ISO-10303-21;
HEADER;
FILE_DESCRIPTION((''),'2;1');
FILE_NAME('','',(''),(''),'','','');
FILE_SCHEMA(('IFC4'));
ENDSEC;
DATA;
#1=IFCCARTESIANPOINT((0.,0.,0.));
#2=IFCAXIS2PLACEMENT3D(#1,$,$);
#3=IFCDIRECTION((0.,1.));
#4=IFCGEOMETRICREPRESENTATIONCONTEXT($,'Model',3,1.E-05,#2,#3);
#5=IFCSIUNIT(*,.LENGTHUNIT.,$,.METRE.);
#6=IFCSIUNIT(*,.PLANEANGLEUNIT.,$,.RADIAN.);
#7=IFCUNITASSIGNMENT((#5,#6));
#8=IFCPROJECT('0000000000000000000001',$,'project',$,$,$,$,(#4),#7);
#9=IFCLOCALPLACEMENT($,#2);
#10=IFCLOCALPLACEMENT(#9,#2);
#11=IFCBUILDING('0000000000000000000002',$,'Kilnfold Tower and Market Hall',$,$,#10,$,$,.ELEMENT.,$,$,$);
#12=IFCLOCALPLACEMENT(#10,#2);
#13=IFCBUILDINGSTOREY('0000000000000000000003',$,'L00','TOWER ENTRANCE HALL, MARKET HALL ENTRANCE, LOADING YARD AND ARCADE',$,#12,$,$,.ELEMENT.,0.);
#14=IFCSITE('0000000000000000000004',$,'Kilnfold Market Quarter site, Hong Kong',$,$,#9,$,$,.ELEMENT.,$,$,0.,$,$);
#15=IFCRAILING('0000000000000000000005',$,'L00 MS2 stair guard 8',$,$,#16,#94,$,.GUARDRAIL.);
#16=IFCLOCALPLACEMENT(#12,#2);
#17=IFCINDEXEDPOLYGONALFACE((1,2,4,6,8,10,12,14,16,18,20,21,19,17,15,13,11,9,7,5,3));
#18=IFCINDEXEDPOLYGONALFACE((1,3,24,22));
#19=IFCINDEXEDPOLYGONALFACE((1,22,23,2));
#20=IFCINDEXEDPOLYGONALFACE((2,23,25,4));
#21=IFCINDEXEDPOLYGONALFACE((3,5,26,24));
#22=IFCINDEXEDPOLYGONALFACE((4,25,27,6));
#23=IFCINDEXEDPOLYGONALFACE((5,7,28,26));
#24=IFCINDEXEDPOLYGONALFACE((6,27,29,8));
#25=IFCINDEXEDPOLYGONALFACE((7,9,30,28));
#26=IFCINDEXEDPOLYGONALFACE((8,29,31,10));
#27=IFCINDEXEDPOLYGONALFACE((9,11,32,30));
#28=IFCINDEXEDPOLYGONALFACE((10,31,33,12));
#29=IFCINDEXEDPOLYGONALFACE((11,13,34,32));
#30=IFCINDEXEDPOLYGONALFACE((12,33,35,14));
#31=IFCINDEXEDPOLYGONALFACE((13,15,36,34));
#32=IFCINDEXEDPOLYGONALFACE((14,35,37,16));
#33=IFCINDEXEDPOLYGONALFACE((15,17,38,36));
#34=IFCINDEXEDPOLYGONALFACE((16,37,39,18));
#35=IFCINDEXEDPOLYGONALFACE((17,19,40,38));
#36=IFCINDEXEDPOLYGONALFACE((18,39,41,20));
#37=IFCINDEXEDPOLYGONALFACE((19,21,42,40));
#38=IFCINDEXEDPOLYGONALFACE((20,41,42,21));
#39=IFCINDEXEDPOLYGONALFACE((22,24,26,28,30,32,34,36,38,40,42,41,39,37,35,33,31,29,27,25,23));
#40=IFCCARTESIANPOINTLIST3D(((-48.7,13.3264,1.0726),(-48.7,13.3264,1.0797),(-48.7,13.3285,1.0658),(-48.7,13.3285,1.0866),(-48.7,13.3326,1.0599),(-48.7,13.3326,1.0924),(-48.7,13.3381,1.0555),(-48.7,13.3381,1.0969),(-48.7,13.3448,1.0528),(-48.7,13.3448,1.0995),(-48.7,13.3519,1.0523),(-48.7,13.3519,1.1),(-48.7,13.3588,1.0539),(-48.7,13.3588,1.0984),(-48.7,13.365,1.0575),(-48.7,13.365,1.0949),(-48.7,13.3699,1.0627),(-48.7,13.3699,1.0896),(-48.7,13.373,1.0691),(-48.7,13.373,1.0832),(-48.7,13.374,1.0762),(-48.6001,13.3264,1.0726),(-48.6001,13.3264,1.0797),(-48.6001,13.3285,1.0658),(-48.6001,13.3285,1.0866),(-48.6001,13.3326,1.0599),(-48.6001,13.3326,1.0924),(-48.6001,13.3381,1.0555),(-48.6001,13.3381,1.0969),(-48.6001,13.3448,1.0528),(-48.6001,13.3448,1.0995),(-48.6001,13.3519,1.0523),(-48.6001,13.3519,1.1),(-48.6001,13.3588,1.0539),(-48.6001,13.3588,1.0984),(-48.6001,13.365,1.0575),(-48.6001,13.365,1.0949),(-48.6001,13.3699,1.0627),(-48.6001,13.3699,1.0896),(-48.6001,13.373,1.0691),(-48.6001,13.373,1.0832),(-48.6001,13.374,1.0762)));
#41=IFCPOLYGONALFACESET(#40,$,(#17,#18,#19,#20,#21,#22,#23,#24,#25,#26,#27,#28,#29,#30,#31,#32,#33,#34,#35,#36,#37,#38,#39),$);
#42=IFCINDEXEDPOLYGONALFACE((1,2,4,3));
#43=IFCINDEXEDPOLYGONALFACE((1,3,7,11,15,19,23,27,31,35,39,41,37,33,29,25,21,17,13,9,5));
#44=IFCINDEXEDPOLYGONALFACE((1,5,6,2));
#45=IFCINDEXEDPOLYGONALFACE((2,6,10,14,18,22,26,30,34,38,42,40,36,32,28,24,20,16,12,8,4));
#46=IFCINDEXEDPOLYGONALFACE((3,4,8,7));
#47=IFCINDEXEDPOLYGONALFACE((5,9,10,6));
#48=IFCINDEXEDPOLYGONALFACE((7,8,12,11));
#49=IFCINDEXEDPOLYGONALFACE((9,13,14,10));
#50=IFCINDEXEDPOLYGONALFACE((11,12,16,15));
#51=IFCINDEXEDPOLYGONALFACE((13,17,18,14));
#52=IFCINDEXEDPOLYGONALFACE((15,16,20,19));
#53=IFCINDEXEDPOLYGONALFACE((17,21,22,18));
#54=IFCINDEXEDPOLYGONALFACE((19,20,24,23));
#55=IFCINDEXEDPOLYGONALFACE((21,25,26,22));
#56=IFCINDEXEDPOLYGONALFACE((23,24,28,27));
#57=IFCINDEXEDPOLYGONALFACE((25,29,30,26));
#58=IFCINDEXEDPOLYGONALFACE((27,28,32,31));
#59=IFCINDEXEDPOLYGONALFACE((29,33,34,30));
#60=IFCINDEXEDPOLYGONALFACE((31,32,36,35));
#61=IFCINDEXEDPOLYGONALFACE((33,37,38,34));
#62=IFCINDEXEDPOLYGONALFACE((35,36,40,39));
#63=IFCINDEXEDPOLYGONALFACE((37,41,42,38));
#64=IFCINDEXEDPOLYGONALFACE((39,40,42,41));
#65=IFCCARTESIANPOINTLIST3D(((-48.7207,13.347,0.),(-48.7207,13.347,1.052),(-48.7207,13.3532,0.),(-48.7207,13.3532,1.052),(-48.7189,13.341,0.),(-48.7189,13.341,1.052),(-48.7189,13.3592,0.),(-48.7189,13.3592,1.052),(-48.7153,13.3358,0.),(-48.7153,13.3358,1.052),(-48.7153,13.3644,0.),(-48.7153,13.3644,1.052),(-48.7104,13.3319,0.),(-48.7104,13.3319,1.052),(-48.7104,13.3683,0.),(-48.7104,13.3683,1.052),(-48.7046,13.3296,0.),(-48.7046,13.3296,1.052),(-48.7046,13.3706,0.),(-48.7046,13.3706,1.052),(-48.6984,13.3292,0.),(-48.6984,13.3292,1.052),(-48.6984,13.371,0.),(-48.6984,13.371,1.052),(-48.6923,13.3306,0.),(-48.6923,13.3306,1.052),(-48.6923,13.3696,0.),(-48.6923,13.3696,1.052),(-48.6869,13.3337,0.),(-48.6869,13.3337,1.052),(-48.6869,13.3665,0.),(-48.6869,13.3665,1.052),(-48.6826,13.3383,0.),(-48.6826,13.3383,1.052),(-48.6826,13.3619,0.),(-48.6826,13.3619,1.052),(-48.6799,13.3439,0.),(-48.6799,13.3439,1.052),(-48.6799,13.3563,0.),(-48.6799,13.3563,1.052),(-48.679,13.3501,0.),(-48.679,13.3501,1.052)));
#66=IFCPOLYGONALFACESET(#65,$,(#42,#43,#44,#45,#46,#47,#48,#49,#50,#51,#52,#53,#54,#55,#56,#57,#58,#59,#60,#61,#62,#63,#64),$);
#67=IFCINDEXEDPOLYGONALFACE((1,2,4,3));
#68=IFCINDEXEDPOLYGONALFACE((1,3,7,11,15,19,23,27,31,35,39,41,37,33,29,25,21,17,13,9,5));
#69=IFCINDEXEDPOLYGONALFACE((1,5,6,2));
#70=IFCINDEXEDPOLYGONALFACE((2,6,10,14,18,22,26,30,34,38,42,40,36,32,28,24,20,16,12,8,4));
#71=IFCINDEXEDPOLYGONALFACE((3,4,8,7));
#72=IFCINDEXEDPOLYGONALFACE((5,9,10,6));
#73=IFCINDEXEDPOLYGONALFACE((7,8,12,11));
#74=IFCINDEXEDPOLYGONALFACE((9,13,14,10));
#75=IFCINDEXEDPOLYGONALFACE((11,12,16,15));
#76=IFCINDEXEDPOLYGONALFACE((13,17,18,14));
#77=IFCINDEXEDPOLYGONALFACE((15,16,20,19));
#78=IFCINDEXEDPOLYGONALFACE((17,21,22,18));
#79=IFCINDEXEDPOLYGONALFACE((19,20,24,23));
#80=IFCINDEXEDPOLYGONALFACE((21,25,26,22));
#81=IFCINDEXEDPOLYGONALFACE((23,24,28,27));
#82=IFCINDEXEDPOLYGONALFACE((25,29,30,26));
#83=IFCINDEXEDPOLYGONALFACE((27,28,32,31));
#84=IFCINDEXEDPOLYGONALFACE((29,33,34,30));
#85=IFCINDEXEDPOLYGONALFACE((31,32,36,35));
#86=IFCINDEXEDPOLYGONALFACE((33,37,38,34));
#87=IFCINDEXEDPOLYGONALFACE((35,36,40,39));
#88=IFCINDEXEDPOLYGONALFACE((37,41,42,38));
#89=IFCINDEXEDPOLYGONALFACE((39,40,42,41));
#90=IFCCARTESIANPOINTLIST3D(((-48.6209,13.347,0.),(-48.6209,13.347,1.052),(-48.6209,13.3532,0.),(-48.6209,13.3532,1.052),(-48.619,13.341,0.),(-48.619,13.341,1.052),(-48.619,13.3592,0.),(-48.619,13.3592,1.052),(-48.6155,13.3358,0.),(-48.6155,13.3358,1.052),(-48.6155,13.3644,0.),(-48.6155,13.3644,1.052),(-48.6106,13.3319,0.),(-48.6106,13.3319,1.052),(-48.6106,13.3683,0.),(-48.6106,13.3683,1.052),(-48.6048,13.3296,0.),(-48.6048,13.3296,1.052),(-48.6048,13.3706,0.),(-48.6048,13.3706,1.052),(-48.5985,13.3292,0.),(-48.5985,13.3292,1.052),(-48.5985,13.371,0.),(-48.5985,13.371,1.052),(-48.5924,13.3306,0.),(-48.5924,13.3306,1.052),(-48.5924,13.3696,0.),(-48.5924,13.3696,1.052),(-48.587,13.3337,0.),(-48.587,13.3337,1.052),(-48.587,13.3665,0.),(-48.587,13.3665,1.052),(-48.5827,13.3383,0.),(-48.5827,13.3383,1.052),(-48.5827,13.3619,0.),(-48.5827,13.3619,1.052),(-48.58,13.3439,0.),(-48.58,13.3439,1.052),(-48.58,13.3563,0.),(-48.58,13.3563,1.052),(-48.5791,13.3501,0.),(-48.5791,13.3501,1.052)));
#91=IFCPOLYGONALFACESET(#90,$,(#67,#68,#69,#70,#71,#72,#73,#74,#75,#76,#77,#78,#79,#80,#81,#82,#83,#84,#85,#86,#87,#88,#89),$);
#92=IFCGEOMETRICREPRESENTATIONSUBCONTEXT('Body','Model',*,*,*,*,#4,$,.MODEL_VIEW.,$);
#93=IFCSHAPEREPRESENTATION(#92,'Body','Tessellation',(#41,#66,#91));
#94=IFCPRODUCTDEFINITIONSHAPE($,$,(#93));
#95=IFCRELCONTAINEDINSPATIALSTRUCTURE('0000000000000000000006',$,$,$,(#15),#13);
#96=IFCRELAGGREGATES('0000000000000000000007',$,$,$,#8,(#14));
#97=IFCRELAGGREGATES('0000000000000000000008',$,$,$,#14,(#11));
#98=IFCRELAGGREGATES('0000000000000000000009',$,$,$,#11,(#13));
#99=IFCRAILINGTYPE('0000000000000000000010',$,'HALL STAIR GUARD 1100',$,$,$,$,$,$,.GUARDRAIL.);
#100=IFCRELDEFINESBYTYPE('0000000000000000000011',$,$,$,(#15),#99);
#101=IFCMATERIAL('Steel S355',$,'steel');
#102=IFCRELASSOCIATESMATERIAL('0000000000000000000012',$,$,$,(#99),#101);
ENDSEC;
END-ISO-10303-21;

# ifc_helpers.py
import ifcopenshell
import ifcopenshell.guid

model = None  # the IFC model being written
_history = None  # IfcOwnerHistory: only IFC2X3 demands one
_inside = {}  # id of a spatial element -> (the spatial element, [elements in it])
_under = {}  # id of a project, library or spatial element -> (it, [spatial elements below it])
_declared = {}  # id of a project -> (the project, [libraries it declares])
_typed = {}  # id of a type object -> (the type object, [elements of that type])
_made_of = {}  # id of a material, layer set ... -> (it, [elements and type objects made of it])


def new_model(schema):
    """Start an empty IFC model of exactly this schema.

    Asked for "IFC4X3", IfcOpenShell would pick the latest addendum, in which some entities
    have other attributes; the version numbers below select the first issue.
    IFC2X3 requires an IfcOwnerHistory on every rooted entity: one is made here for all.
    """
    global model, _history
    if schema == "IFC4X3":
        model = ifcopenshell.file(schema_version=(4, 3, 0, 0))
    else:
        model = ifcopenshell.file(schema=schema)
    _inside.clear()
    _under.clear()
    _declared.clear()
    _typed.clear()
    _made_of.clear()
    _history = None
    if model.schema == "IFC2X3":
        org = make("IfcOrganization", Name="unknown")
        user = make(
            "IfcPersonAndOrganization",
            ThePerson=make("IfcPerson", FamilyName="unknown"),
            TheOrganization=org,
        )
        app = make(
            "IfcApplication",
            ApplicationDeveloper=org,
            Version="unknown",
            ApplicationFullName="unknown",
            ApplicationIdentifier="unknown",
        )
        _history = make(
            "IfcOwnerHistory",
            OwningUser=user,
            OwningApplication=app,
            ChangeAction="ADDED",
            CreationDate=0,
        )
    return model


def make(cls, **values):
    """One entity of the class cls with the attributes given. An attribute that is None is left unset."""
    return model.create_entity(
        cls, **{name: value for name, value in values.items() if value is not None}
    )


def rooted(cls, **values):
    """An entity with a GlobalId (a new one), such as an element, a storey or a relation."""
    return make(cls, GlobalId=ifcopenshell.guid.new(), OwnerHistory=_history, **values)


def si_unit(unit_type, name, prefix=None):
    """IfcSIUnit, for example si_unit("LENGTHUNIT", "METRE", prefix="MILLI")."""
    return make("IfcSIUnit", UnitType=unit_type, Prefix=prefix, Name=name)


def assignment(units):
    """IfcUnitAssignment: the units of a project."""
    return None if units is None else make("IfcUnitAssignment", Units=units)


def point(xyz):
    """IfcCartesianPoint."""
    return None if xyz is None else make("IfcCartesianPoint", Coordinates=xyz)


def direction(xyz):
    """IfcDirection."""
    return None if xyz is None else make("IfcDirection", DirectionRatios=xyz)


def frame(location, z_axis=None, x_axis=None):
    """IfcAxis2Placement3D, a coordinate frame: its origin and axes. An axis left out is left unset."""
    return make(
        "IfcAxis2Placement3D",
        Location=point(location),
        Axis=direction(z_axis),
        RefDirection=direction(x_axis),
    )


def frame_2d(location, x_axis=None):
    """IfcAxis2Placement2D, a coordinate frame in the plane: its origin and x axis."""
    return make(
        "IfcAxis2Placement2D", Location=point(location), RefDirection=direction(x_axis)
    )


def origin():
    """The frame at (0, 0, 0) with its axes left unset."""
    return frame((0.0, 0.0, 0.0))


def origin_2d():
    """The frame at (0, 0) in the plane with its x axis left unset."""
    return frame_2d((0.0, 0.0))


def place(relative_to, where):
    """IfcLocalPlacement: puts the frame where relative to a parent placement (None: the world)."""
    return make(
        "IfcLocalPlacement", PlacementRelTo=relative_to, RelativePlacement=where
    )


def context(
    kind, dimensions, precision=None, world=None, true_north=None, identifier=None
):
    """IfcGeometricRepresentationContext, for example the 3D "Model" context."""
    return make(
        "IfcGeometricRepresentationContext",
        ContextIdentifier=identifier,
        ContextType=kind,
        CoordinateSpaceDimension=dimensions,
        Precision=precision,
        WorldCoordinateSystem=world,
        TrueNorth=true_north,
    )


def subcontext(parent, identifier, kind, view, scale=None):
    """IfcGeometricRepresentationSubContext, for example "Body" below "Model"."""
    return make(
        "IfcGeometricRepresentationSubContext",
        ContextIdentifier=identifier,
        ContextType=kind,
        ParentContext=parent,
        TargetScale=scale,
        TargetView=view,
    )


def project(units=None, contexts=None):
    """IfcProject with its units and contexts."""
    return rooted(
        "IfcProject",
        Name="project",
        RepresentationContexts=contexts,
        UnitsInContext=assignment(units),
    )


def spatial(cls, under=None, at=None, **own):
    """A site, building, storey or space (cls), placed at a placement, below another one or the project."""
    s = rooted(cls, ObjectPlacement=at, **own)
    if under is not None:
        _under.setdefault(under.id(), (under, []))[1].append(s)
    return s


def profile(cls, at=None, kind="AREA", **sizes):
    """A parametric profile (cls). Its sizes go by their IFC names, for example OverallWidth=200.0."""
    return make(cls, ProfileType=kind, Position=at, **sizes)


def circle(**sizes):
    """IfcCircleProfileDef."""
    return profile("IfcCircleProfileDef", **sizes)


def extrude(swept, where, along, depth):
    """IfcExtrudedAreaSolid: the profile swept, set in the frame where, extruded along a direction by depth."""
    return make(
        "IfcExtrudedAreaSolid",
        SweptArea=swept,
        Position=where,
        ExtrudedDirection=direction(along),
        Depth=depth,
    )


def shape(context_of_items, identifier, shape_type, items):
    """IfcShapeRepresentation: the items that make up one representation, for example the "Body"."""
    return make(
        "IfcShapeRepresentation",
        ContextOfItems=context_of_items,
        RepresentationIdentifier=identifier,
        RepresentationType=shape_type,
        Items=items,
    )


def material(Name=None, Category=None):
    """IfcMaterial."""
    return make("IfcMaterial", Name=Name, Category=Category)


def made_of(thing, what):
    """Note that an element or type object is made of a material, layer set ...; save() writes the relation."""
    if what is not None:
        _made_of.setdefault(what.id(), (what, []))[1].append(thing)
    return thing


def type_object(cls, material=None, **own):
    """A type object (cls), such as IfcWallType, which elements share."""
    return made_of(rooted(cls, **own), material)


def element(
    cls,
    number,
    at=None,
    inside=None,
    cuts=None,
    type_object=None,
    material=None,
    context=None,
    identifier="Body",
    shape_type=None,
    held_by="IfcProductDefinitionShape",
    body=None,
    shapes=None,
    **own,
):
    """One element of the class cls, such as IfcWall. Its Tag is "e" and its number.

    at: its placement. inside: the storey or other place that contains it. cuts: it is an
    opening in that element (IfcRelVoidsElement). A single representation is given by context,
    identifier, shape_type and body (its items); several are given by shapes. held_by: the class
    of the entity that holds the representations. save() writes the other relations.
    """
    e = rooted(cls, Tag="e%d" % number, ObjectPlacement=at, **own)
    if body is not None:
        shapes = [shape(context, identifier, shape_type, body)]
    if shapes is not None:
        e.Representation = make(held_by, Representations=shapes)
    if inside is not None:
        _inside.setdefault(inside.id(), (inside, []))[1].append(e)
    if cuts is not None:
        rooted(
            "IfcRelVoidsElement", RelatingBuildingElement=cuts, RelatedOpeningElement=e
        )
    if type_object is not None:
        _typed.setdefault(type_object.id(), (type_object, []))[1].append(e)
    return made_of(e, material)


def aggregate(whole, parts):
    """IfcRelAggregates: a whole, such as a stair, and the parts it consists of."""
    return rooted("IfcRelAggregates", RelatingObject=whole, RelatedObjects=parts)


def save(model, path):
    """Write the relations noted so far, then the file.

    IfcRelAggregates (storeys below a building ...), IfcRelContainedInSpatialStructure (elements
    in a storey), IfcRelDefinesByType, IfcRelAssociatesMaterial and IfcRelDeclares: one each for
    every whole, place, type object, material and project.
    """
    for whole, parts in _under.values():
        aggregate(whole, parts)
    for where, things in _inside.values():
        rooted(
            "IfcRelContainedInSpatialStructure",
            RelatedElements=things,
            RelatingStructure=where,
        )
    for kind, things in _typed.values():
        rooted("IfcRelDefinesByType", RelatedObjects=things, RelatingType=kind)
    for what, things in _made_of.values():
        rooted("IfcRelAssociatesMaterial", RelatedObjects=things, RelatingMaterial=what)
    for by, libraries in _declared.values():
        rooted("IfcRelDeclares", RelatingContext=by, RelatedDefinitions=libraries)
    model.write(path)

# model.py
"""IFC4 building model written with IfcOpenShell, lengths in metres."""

from ifc_helpers import new_model, si_unit, direction, frame, origin, origin_2d, place, context, subcontext, project, spatial, circle, extrude, material, type_object, element, save


model = new_model("IFC4")

# Units and contexts
model_context = context("Model", 3, precision=1e-05, world=origin(), true_north=direction((0.0, 1.0)))
body_context = subcontext(model_context, "Body", "Model", "MODEL_VIEW")
ifc_project = project(units=[si_unit("LENGTHUNIT", "METRE"), si_unit("PLANEANGLEUNIT", "RADIAN")], contexts=[model_context])

# Site, building, storey
site_placement = place(None, origin())
site = spatial("IfcSite", under=ifc_project, at=site_placement, Name="Kilnfold Market Quarter site, Hong Kong", CompositionType="ELEMENT", RefElevation=0.0)
building_placement = place(site_placement, origin())
building = spatial("IfcBuilding", under=site, at=building_placement, Name="Kilnfold Tower and Market Hall", CompositionType="ELEMENT")
storey_placement = place(building_placement, origin())
storey = spatial("IfcBuildingStorey", under=building, at=storey_placement, Name="L00", Description="TOWER ENTRANCE HALL, MARKET HALL ENTRANCE, LOADING YARD AND ARCADE", CompositionType="ELEMENT", Elevation=0.0)

# Railing
ifc_material_1 = material(Name="Steel S355", Category="steel")
railing_type_1 = type_object("IfcRailingType", Name="HALL STAIR GUARD 1100", PredefinedType="GUARDRAIL", material=ifc_material_1)
railing_1_placement = place(storey_placement, frame((-48.7, 13.3501, 0.0)))
element("IfcRailing", 1, at=railing_1_placement, inside=storey, type_object=railing_type_1, Name="L00 MS2 stair guard 8", PredefinedType="GUARDRAIL", context=body_context, shape_type="SweptSolid", body=[
    extrude(circle(Radius=0.0239, at=origin_2d()), frame((0.0, 0.0, 1.0762), z_axis=(1.0, 0.0, 0.0), x_axis=(0.0, 1.0, 0.0)), (0.0, 0.0, 1.0), 0.0999),
    extrude(circle(Radius=0.021, at=origin_2d()), origin(), (0.0, 0.0, 1.0), 1.052),
    extrude(circle(Radius=0.021, at=origin_2d()), frame((0.0999, 0.0, 0.0)), (0.0, 0.0, 1.0), 1.052),
])

save(model, "model.ifc")
